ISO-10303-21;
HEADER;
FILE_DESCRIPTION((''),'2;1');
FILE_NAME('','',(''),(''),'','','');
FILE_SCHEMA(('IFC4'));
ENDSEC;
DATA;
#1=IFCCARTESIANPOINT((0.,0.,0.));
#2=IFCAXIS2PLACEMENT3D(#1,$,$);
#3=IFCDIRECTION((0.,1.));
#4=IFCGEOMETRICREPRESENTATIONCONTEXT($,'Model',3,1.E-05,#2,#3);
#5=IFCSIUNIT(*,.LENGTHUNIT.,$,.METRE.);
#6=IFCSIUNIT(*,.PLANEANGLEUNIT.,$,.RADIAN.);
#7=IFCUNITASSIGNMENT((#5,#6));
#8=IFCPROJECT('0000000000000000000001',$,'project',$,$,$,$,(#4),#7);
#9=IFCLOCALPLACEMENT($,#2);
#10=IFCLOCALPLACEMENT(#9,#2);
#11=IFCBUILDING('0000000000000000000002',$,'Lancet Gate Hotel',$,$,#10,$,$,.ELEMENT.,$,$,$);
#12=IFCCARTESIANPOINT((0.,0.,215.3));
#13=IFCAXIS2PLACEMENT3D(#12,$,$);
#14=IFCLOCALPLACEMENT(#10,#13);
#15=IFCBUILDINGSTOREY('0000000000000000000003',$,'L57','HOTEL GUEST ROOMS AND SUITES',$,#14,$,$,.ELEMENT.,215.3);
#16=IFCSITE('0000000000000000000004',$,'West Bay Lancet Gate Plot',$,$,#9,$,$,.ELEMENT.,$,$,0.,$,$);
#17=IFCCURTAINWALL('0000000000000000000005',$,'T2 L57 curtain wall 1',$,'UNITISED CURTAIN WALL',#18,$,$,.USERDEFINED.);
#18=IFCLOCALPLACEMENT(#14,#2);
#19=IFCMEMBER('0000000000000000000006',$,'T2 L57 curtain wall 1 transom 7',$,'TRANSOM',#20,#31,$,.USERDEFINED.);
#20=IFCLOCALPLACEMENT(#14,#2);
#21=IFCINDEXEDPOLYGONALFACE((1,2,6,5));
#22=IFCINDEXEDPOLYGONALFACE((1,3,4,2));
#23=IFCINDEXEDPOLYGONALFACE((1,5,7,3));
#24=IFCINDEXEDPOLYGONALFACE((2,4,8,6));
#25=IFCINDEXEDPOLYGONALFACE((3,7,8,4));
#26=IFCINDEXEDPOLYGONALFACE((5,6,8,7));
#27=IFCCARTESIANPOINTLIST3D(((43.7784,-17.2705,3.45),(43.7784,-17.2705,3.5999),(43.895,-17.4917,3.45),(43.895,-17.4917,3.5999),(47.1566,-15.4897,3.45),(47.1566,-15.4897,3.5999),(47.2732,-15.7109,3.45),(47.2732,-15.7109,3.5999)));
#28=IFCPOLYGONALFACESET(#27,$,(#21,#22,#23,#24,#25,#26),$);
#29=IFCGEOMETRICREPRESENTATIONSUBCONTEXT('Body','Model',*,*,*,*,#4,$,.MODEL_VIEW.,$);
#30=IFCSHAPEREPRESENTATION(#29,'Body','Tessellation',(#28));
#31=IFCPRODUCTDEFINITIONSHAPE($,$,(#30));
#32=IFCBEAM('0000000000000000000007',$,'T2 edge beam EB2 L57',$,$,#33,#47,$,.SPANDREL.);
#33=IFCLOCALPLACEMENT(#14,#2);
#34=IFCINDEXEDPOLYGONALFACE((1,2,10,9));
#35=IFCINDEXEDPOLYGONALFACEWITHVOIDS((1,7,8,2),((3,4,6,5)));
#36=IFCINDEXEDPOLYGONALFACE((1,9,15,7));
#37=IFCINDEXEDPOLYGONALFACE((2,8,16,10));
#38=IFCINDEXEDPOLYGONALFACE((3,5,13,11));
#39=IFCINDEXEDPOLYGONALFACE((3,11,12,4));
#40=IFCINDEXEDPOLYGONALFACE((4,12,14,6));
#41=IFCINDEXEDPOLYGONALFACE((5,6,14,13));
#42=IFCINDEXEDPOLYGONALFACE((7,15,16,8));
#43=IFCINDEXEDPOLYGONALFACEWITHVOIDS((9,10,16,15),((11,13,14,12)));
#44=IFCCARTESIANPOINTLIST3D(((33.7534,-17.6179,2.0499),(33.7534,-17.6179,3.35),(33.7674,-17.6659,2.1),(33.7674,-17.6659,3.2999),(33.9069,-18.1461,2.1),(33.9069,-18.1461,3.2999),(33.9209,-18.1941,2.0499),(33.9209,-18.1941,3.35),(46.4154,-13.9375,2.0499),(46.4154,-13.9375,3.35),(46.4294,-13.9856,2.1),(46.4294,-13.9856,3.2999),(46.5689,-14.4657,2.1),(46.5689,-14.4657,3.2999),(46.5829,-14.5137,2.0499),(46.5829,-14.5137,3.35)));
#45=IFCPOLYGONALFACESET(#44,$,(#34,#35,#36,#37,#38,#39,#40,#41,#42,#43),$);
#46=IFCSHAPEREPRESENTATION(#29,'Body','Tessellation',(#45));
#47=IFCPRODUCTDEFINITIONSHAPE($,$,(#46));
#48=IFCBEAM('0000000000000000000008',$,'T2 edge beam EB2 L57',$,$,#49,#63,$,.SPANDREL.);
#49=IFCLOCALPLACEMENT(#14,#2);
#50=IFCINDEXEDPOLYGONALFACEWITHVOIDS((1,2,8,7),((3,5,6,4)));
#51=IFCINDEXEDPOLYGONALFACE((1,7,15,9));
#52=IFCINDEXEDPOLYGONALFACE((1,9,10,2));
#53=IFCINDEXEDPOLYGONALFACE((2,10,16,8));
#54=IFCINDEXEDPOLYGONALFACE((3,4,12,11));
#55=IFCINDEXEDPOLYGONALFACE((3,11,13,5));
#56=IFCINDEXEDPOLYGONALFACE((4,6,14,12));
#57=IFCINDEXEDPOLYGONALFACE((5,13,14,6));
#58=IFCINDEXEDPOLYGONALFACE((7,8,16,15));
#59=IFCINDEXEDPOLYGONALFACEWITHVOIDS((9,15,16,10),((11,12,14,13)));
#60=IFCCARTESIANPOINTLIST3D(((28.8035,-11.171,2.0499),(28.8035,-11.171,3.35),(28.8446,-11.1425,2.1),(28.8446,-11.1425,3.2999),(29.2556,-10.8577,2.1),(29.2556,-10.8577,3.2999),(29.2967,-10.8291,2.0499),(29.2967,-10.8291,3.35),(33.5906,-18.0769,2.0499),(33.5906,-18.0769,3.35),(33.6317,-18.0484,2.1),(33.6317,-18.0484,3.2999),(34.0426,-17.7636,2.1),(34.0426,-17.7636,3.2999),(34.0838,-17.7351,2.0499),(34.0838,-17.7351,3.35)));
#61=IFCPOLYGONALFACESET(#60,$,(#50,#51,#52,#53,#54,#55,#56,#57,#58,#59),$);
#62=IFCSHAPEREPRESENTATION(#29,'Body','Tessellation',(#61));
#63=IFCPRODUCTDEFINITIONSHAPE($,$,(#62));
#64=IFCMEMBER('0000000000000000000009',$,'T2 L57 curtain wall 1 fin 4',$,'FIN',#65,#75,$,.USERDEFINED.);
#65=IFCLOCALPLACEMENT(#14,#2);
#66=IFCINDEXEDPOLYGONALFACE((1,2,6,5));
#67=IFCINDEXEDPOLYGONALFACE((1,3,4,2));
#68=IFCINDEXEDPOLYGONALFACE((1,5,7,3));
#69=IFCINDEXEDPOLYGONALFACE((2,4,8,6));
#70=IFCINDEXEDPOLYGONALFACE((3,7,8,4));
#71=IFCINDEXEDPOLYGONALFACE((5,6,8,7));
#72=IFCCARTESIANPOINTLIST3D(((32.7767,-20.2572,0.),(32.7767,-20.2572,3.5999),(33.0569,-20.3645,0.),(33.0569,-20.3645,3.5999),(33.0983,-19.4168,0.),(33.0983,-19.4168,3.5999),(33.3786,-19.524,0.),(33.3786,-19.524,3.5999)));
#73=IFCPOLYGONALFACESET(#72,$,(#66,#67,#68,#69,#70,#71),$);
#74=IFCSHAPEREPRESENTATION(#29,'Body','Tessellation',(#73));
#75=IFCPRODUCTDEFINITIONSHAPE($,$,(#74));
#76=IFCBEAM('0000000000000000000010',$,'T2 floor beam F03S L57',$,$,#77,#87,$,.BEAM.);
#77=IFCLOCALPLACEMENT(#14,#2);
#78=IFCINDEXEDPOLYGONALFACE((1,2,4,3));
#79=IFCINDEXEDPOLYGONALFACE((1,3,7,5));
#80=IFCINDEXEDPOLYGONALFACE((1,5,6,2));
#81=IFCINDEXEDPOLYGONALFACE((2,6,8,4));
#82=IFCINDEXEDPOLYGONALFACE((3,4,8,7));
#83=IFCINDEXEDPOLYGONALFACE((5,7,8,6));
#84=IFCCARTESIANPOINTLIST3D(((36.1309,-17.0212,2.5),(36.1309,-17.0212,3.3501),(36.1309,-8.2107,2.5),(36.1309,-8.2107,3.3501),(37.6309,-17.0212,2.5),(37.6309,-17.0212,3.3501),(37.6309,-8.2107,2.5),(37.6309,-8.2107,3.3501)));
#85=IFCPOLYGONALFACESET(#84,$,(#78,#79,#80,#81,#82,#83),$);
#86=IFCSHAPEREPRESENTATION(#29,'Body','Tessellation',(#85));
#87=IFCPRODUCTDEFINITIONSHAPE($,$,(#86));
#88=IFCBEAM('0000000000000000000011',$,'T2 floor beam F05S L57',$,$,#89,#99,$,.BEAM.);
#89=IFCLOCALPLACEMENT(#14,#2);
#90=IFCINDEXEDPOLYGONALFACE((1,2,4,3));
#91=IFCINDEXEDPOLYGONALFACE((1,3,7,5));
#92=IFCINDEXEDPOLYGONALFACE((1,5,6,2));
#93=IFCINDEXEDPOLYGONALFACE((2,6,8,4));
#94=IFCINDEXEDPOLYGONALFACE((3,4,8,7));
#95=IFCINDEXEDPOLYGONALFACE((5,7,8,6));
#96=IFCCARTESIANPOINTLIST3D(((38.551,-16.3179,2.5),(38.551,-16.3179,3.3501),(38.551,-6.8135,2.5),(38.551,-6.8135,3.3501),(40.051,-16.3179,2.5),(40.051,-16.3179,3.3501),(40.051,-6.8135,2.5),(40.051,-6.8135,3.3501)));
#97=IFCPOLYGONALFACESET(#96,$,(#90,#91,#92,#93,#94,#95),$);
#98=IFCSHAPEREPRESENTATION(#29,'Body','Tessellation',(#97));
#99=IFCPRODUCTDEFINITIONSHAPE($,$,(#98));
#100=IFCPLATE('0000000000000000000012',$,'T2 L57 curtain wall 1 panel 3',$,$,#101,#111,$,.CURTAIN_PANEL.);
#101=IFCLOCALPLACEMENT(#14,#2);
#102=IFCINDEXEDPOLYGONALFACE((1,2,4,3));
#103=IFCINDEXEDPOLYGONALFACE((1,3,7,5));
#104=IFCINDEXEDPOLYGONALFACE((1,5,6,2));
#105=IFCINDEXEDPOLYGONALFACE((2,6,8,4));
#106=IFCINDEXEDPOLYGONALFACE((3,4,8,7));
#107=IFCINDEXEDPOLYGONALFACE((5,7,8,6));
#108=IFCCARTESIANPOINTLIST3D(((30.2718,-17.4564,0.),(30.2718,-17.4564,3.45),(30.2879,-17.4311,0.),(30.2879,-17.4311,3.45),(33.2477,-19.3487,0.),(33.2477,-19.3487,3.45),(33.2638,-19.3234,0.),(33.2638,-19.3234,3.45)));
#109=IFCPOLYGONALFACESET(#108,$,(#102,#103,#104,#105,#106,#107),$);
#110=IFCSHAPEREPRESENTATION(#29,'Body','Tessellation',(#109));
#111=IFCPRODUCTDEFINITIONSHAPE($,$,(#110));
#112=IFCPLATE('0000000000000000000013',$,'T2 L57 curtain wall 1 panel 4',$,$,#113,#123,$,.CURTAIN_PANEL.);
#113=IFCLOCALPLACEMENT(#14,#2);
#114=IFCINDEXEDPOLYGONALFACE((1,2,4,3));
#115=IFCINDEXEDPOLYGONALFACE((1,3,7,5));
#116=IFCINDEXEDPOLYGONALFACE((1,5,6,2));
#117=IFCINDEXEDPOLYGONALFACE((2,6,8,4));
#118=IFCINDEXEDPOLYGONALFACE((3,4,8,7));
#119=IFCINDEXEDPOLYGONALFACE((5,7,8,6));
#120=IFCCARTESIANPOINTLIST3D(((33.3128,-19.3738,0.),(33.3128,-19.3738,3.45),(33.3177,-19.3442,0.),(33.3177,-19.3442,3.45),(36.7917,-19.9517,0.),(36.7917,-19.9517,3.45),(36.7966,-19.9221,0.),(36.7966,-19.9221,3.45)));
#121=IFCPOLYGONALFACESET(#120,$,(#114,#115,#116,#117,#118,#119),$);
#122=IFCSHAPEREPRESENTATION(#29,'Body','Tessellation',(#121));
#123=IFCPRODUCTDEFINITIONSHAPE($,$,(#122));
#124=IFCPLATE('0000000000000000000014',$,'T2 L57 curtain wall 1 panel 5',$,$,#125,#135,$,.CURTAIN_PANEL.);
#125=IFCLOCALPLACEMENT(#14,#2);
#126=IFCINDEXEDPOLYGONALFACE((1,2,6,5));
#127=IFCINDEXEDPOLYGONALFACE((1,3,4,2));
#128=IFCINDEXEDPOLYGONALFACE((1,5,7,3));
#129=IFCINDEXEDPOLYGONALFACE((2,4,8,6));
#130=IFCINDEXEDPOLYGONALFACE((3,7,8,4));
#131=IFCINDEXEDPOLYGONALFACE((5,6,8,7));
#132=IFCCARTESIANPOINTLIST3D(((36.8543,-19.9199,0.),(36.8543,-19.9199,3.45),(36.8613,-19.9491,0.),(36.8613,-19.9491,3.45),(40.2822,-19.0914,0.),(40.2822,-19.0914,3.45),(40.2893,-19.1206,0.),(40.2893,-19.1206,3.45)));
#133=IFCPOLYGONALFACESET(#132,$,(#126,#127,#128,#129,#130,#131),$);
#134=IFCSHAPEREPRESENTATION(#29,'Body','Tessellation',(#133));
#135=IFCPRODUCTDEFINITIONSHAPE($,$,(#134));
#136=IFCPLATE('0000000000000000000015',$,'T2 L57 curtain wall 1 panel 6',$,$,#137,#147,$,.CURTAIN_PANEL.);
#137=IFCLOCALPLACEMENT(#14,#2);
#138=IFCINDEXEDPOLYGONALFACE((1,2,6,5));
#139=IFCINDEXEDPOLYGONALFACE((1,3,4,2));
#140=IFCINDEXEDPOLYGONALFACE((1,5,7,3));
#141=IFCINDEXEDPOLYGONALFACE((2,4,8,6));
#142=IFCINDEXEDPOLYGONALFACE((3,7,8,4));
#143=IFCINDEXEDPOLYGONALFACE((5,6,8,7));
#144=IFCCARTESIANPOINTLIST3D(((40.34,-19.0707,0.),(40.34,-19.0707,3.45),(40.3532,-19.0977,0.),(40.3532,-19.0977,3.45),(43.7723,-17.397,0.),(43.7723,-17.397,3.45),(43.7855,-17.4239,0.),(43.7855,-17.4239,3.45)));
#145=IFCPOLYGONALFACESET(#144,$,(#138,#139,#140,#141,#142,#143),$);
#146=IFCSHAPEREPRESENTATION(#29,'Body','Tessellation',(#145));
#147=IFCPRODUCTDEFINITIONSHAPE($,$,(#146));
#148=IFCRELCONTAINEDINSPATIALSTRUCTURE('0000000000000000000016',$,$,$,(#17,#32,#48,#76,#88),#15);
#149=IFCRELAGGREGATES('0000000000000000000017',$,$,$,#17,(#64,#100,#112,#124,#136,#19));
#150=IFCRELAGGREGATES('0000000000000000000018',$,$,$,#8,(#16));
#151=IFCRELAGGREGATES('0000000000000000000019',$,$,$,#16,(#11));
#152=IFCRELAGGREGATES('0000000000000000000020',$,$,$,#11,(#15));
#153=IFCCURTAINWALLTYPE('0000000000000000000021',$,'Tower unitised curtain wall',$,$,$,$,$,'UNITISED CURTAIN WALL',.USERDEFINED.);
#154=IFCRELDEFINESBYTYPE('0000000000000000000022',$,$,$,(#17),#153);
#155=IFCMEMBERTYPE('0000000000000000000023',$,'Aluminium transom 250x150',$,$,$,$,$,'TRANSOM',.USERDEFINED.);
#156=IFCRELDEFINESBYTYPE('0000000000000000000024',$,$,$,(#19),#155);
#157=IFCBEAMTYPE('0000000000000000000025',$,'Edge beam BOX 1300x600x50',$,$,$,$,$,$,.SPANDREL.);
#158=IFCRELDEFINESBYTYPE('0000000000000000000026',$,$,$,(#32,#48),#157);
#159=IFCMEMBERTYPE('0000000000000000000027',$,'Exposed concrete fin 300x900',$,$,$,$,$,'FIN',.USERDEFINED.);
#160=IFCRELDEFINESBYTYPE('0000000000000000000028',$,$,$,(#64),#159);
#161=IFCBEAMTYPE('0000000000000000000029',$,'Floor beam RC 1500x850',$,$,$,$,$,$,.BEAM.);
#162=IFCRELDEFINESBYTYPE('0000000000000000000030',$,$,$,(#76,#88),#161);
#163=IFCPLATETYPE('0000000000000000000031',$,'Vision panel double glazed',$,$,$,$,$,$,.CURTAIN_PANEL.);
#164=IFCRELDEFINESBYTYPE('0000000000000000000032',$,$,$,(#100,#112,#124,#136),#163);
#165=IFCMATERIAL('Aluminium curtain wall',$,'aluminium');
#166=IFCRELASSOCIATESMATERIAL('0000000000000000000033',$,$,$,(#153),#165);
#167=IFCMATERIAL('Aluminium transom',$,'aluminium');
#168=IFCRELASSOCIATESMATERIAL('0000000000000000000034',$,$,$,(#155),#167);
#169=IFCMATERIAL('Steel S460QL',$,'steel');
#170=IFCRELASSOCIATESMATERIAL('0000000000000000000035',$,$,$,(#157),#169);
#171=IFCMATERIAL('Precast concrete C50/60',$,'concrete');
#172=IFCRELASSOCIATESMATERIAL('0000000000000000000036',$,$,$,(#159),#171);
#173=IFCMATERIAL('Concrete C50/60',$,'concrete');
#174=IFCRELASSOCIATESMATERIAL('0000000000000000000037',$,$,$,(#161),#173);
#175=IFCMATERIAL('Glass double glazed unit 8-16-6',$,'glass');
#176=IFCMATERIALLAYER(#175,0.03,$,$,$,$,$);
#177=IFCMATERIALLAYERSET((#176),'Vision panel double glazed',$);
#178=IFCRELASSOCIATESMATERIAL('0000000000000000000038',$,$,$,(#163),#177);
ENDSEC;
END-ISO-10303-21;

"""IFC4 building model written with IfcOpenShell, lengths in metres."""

from ifc_helpers import new_model, si_unit, direction, frame, origin, origin_2d, place, context, subcontext, project, spatial, rectangle, hollow_rectangle, extrude, material, layer, layer_set, material_profile, profile_set, type_object, element, aggregate, save


model = new_model("IFC4")

# Units and contexts
model_context = context("Model", 3, precision=1e-05, world=origin(), true_north=direction((0.0, 1.0)))
body_context = subcontext(model_context, "Body", "Model", "MODEL_VIEW")
ifc_project = project(units=[si_unit("LENGTHUNIT", "METRE"), si_unit("PLANEANGLEUNIT", "RADIAN")], contexts=[model_context])

# Site, building, storey
site_placement = place(None, origin())
site = spatial("IfcSite", under=ifc_project, at=site_placement, Name="West Bay Lancet Gate Plot", CompositionType="ELEMENT", RefElevation=0.0)
building_placement = place(site_placement, origin())
building = spatial("IfcBuilding", under=site, at=building_placement, Name="Lancet Gate Hotel", CompositionType="ELEMENT")
storey_placement = place(building_placement, frame((0.0, 0.0, 215.3)))
storey = spatial("IfcBuildingStorey", under=building, at=storey_placement, Name="L57", Description="HOTEL GUEST ROOMS AND SUITES", CompositionType="ELEMENT", Elevation=215.3)

# Curtain wall, member
ifc_material_1 = material(Name="Aluminium curtain wall", Category="aluminium")
curtain_wall_type = type_object("IfcCurtainWallType", Name="Tower unitised curtain wall", ElementType="UNITISED CURTAIN WALL", PredefinedType="USERDEFINED", material=ifc_material_1)
curtain_wall_placement = place(storey_placement, origin())
curtain_wall = element("IfcCurtainWall", 1, at=curtain_wall_placement, inside=storey, type_object=curtain_wall_type, Name="T2 L57 curtain wall 1", ObjectType="UNITISED CURTAIN WALL", PredefinedType="USERDEFINED")
ifc_material_2 = material(Name="Aluminium transom", Category="aluminium")
ifc_material_profile_1 = material_profile(ifc_material_2, rectangle(XDim=0.25, YDim=0.1499, at=origin_2d()), Name="TRANSOM 250x150")
ifc_profile_set_1 = profile_set([ifc_material_profile_1], Name="Aluminium transom")
member_type_1 = type_object("IfcMemberType", Name="Aluminium transom 250x150", ElementType="TRANSOM", PredefinedType="USERDEFINED", material=ifc_profile_set_1)
member_1_placement = place(storey_placement, frame((43.8367, -17.3811, 3.5249), z_axis=(0.884618, 0.466315, 0.0), x_axis=(-0.466315, 0.884618, 0.0)))
member_1 = element("IfcMember", 2, at=member_1_placement, type_object=member_type_1, Name="T2 L57 curtain wall 1 transom 7", ObjectType="TRANSOM", PredefinedType="USERDEFINED", context=body_context, shape_type="SweptSolid", body=[
    extrude(rectangle(XDim=0.25, YDim=0.1499, at=origin_2d()), origin(), (0.0, 0.0, 1.0), 3.8188),
])

# Beams
ifc_material_3 = material(Name="Steel S460QL", Category="steel")
ifc_material_profile_2 = material_profile(ifc_material_3, hollow_rectangle(XDim=0.6001, YDim=1.3, WallThickness=0.05, at=origin_2d()), Name="BOX 1300x600x50")
ifc_profile_set_2 = profile_set([ifc_material_profile_2], Name="Steel S460QL")
beam_type_1 = type_object("IfcBeamType", Name="Edge beam BOX 1300x600x50", PredefinedType="SPANDREL", material=ifc_profile_set_2)
beam_1_placement = place(storey_placement, frame((33.8372, -17.906, 2.7), z_axis=(0.960258, 0.279113, 0.0), x_axis=(-0.279113, 0.960258, 0.0)))
element("IfcBeam", 3, at=beam_1_placement, inside=storey, type_object=beam_type_1, Name="T2 edge beam EB2 L57", PredefinedType="SPANDREL", context=body_context, shape_type="SweptSolid", body=[
    extrude(hollow_rectangle(XDim=0.6001, YDim=1.3, WallThickness=0.05, at=origin_2d()), origin(), (0.0, 0.0, 1.0), 13.186),
])
beam_2_placement = place(storey_placement, frame((33.8372, -17.906, 2.7), z_axis=(-0.569695, 0.821856, 0.0), x_axis=(-0.821856, -0.569695, 0.0)))
element("IfcBeam", 4, at=beam_2_placement, inside=storey, type_object=beam_type_1, Name="T2 edge beam EB2 L57", PredefinedType="SPANDREL", context=body_context, shape_type="SweptSolid", body=[
    extrude(hollow_rectangle(XDim=0.6001, YDim=1.3, WallThickness=0.05, at=origin_2d()), origin(), (0.0, 0.0, 1.0), 8.4028),
])

# Member
ifc_material_4 = material(Name="Precast concrete C50/60", Category="concrete")
ifc_material_profile_3 = material_profile(ifc_material_4, rectangle(XDim=0.3, YDim=0.8999, at=origin_2d()), Name="FIN 300x900")
ifc_profile_set_3 = profile_set([ifc_material_profile_3], Name="Precast concrete C50/60")
member_type_2 = type_object("IfcMemberType", Name="Exposed concrete fin 300x900", ElementType="FIN", PredefinedType="USERDEFINED", material=ifc_profile_set_3)
member_2_placement = place(storey_placement, frame((33.0776, -19.8906, 0.0), z_axis=(0.0, 0.0, 1.0), x_axis=(0.933943, -0.357421, 0.0)))
member_2 = element("IfcMember", 5, at=member_2_placement, type_object=member_type_2, Name="T2 L57 curtain wall 1 fin 4", ObjectType="FIN", PredefinedType="USERDEFINED", context=body_context, shape_type="SweptSolid", body=[
    extrude(rectangle(XDim=0.3, YDim=0.8999, at=origin_2d()), origin(), (0.0, 0.0, 1.0), 3.5999),
])

# Beams
ifc_material_5 = material(Name="Concrete C50/60", Category="concrete")
ifc_material_profile_4 = material_profile(ifc_material_5, rectangle(XDim=1.5, YDim=0.8501, at=origin_2d()), Name="RC 1500x850")
ifc_profile_set_4 = profile_set([ifc_material_profile_4], Name="Concrete C50/60")
beam_type_2 = type_object("IfcBeamType", Name="Floor beam RC 1500x850", PredefinedType="BEAM", material=ifc_profile_set_4)
beam_3_placement = place(storey_placement, frame((36.8809, -17.0212, 2.925), z_axis=(0.0, 1.0, 0.0), x_axis=(-1.0, 0.0, 0.0)))
element("IfcBeam", 6, at=beam_3_placement, inside=storey, type_object=beam_type_2, Name="T2 floor beam F03S L57", PredefinedType="BEAM", context=body_context, shape_type="SweptSolid", body=[
    extrude(rectangle(XDim=1.5, YDim=0.8501, at=origin_2d()), origin(), (0.0, 0.0, 1.0), 8.8105),
])
beam_4_placement = place(storey_placement, frame((39.301, -16.3179, 2.925), z_axis=(0.0, 1.0, 0.0), x_axis=(-1.0, 0.0, 0.0)))
element("IfcBeam", 7, at=beam_4_placement, inside=storey, type_object=beam_type_2, Name="T2 floor beam F05S L57", PredefinedType="BEAM", context=body_context, shape_type="SweptSolid", body=[
    extrude(rectangle(XDim=1.5, YDim=0.8501, at=origin_2d()), origin(), (0.0, 0.0, 1.0), 9.5044),
])

# Plates
ifc_material_6 = material(Name="Glass double glazed unit 8-16-6", Category="glass")
ifc_layer = layer(ifc_material_6, 0.03)
ifc_layer_set = layer_set([ifc_layer], Name="Vision panel double glazed")
plate_type = type_object("IfcPlateType", Name="Vision panel double glazed", PredefinedType="CURTAIN_PANEL", material=ifc_layer_set)
plate_1_placement = place(storey_placement, frame((31.7678, -18.3899, 0.0), z_axis=(0.0, 0.0, 1.0), x_axis=(0.843845, -0.536587, 0.0)))
plate_1 = element("IfcPlate", 8, at=plate_1_placement, type_object=plate_type, Name="T2 L57 curtain wall 1 panel 3", PredefinedType="CURTAIN_PANEL", context=body_context, shape_type="SweptSolid", body=[
    extrude(rectangle(XDim=3.5266, YDim=0.03, at=origin_2d()), origin(), (0.0, 0.0, 1.0), 3.45),
])
plate_2_placement = place(storey_placement, frame((35.0547, -19.6479, 0.0), z_axis=(0.0, 0.0, 1.0), x_axis=(0.98648, -0.163881, 0.0)))
plate_2 = element("IfcPlate", 9, at=plate_2_placement, type_object=plate_type, Name="T2 L57 curtain wall 1 panel 4", PredefinedType="CURTAIN_PANEL", context=body_context, shape_type="SweptSolid", body=[
    extrude(rectangle(XDim=3.5266, YDim=0.03, at=origin_2d()), origin(), (0.0, 0.0, 1.0), 3.45),
])
plate_3_placement = place(storey_placement, frame((38.5718, -19.5203, 0.0), z_axis=(0.0, 0.0, 1.0), x_axis=(0.972014, 0.234924, 0.0)))
plate_3 = element("IfcPlate", 10, at=plate_3_placement, type_object=plate_type, Name="T2 L57 curtain wall 1 panel 5", PredefinedType="CURTAIN_PANEL", context=body_context, shape_type="SweptSolid", body=[
    extrude(rectangle(XDim=3.5266, YDim=0.03, at=origin_2d()), origin(), (0.0, 0.0, 1.0), 3.45),
])
plate_4_placement = place(storey_placement, frame((42.0627, -18.2473, 0.0), z_axis=(0.0, 0.0, 1.0), x_axis=(0.898823, 0.438311, 0.0)))
plate_4 = element("IfcPlate", 11, at=plate_4_placement, type_object=plate_type, Name="T2 L57 curtain wall 1 panel 6", PredefinedType="CURTAIN_PANEL", context=body_context, shape_type="SweptSolid", body=[
    extrude(rectangle(XDim=3.8186, YDim=0.03, at=origin_2d()), origin(), (0.0, 0.0, 1.0), 3.45),
])
aggregate(curtain_wall, [member_2, plate_1, plate_2, plate_3, plate_4, member_1])

save(model, "model.ifc")
